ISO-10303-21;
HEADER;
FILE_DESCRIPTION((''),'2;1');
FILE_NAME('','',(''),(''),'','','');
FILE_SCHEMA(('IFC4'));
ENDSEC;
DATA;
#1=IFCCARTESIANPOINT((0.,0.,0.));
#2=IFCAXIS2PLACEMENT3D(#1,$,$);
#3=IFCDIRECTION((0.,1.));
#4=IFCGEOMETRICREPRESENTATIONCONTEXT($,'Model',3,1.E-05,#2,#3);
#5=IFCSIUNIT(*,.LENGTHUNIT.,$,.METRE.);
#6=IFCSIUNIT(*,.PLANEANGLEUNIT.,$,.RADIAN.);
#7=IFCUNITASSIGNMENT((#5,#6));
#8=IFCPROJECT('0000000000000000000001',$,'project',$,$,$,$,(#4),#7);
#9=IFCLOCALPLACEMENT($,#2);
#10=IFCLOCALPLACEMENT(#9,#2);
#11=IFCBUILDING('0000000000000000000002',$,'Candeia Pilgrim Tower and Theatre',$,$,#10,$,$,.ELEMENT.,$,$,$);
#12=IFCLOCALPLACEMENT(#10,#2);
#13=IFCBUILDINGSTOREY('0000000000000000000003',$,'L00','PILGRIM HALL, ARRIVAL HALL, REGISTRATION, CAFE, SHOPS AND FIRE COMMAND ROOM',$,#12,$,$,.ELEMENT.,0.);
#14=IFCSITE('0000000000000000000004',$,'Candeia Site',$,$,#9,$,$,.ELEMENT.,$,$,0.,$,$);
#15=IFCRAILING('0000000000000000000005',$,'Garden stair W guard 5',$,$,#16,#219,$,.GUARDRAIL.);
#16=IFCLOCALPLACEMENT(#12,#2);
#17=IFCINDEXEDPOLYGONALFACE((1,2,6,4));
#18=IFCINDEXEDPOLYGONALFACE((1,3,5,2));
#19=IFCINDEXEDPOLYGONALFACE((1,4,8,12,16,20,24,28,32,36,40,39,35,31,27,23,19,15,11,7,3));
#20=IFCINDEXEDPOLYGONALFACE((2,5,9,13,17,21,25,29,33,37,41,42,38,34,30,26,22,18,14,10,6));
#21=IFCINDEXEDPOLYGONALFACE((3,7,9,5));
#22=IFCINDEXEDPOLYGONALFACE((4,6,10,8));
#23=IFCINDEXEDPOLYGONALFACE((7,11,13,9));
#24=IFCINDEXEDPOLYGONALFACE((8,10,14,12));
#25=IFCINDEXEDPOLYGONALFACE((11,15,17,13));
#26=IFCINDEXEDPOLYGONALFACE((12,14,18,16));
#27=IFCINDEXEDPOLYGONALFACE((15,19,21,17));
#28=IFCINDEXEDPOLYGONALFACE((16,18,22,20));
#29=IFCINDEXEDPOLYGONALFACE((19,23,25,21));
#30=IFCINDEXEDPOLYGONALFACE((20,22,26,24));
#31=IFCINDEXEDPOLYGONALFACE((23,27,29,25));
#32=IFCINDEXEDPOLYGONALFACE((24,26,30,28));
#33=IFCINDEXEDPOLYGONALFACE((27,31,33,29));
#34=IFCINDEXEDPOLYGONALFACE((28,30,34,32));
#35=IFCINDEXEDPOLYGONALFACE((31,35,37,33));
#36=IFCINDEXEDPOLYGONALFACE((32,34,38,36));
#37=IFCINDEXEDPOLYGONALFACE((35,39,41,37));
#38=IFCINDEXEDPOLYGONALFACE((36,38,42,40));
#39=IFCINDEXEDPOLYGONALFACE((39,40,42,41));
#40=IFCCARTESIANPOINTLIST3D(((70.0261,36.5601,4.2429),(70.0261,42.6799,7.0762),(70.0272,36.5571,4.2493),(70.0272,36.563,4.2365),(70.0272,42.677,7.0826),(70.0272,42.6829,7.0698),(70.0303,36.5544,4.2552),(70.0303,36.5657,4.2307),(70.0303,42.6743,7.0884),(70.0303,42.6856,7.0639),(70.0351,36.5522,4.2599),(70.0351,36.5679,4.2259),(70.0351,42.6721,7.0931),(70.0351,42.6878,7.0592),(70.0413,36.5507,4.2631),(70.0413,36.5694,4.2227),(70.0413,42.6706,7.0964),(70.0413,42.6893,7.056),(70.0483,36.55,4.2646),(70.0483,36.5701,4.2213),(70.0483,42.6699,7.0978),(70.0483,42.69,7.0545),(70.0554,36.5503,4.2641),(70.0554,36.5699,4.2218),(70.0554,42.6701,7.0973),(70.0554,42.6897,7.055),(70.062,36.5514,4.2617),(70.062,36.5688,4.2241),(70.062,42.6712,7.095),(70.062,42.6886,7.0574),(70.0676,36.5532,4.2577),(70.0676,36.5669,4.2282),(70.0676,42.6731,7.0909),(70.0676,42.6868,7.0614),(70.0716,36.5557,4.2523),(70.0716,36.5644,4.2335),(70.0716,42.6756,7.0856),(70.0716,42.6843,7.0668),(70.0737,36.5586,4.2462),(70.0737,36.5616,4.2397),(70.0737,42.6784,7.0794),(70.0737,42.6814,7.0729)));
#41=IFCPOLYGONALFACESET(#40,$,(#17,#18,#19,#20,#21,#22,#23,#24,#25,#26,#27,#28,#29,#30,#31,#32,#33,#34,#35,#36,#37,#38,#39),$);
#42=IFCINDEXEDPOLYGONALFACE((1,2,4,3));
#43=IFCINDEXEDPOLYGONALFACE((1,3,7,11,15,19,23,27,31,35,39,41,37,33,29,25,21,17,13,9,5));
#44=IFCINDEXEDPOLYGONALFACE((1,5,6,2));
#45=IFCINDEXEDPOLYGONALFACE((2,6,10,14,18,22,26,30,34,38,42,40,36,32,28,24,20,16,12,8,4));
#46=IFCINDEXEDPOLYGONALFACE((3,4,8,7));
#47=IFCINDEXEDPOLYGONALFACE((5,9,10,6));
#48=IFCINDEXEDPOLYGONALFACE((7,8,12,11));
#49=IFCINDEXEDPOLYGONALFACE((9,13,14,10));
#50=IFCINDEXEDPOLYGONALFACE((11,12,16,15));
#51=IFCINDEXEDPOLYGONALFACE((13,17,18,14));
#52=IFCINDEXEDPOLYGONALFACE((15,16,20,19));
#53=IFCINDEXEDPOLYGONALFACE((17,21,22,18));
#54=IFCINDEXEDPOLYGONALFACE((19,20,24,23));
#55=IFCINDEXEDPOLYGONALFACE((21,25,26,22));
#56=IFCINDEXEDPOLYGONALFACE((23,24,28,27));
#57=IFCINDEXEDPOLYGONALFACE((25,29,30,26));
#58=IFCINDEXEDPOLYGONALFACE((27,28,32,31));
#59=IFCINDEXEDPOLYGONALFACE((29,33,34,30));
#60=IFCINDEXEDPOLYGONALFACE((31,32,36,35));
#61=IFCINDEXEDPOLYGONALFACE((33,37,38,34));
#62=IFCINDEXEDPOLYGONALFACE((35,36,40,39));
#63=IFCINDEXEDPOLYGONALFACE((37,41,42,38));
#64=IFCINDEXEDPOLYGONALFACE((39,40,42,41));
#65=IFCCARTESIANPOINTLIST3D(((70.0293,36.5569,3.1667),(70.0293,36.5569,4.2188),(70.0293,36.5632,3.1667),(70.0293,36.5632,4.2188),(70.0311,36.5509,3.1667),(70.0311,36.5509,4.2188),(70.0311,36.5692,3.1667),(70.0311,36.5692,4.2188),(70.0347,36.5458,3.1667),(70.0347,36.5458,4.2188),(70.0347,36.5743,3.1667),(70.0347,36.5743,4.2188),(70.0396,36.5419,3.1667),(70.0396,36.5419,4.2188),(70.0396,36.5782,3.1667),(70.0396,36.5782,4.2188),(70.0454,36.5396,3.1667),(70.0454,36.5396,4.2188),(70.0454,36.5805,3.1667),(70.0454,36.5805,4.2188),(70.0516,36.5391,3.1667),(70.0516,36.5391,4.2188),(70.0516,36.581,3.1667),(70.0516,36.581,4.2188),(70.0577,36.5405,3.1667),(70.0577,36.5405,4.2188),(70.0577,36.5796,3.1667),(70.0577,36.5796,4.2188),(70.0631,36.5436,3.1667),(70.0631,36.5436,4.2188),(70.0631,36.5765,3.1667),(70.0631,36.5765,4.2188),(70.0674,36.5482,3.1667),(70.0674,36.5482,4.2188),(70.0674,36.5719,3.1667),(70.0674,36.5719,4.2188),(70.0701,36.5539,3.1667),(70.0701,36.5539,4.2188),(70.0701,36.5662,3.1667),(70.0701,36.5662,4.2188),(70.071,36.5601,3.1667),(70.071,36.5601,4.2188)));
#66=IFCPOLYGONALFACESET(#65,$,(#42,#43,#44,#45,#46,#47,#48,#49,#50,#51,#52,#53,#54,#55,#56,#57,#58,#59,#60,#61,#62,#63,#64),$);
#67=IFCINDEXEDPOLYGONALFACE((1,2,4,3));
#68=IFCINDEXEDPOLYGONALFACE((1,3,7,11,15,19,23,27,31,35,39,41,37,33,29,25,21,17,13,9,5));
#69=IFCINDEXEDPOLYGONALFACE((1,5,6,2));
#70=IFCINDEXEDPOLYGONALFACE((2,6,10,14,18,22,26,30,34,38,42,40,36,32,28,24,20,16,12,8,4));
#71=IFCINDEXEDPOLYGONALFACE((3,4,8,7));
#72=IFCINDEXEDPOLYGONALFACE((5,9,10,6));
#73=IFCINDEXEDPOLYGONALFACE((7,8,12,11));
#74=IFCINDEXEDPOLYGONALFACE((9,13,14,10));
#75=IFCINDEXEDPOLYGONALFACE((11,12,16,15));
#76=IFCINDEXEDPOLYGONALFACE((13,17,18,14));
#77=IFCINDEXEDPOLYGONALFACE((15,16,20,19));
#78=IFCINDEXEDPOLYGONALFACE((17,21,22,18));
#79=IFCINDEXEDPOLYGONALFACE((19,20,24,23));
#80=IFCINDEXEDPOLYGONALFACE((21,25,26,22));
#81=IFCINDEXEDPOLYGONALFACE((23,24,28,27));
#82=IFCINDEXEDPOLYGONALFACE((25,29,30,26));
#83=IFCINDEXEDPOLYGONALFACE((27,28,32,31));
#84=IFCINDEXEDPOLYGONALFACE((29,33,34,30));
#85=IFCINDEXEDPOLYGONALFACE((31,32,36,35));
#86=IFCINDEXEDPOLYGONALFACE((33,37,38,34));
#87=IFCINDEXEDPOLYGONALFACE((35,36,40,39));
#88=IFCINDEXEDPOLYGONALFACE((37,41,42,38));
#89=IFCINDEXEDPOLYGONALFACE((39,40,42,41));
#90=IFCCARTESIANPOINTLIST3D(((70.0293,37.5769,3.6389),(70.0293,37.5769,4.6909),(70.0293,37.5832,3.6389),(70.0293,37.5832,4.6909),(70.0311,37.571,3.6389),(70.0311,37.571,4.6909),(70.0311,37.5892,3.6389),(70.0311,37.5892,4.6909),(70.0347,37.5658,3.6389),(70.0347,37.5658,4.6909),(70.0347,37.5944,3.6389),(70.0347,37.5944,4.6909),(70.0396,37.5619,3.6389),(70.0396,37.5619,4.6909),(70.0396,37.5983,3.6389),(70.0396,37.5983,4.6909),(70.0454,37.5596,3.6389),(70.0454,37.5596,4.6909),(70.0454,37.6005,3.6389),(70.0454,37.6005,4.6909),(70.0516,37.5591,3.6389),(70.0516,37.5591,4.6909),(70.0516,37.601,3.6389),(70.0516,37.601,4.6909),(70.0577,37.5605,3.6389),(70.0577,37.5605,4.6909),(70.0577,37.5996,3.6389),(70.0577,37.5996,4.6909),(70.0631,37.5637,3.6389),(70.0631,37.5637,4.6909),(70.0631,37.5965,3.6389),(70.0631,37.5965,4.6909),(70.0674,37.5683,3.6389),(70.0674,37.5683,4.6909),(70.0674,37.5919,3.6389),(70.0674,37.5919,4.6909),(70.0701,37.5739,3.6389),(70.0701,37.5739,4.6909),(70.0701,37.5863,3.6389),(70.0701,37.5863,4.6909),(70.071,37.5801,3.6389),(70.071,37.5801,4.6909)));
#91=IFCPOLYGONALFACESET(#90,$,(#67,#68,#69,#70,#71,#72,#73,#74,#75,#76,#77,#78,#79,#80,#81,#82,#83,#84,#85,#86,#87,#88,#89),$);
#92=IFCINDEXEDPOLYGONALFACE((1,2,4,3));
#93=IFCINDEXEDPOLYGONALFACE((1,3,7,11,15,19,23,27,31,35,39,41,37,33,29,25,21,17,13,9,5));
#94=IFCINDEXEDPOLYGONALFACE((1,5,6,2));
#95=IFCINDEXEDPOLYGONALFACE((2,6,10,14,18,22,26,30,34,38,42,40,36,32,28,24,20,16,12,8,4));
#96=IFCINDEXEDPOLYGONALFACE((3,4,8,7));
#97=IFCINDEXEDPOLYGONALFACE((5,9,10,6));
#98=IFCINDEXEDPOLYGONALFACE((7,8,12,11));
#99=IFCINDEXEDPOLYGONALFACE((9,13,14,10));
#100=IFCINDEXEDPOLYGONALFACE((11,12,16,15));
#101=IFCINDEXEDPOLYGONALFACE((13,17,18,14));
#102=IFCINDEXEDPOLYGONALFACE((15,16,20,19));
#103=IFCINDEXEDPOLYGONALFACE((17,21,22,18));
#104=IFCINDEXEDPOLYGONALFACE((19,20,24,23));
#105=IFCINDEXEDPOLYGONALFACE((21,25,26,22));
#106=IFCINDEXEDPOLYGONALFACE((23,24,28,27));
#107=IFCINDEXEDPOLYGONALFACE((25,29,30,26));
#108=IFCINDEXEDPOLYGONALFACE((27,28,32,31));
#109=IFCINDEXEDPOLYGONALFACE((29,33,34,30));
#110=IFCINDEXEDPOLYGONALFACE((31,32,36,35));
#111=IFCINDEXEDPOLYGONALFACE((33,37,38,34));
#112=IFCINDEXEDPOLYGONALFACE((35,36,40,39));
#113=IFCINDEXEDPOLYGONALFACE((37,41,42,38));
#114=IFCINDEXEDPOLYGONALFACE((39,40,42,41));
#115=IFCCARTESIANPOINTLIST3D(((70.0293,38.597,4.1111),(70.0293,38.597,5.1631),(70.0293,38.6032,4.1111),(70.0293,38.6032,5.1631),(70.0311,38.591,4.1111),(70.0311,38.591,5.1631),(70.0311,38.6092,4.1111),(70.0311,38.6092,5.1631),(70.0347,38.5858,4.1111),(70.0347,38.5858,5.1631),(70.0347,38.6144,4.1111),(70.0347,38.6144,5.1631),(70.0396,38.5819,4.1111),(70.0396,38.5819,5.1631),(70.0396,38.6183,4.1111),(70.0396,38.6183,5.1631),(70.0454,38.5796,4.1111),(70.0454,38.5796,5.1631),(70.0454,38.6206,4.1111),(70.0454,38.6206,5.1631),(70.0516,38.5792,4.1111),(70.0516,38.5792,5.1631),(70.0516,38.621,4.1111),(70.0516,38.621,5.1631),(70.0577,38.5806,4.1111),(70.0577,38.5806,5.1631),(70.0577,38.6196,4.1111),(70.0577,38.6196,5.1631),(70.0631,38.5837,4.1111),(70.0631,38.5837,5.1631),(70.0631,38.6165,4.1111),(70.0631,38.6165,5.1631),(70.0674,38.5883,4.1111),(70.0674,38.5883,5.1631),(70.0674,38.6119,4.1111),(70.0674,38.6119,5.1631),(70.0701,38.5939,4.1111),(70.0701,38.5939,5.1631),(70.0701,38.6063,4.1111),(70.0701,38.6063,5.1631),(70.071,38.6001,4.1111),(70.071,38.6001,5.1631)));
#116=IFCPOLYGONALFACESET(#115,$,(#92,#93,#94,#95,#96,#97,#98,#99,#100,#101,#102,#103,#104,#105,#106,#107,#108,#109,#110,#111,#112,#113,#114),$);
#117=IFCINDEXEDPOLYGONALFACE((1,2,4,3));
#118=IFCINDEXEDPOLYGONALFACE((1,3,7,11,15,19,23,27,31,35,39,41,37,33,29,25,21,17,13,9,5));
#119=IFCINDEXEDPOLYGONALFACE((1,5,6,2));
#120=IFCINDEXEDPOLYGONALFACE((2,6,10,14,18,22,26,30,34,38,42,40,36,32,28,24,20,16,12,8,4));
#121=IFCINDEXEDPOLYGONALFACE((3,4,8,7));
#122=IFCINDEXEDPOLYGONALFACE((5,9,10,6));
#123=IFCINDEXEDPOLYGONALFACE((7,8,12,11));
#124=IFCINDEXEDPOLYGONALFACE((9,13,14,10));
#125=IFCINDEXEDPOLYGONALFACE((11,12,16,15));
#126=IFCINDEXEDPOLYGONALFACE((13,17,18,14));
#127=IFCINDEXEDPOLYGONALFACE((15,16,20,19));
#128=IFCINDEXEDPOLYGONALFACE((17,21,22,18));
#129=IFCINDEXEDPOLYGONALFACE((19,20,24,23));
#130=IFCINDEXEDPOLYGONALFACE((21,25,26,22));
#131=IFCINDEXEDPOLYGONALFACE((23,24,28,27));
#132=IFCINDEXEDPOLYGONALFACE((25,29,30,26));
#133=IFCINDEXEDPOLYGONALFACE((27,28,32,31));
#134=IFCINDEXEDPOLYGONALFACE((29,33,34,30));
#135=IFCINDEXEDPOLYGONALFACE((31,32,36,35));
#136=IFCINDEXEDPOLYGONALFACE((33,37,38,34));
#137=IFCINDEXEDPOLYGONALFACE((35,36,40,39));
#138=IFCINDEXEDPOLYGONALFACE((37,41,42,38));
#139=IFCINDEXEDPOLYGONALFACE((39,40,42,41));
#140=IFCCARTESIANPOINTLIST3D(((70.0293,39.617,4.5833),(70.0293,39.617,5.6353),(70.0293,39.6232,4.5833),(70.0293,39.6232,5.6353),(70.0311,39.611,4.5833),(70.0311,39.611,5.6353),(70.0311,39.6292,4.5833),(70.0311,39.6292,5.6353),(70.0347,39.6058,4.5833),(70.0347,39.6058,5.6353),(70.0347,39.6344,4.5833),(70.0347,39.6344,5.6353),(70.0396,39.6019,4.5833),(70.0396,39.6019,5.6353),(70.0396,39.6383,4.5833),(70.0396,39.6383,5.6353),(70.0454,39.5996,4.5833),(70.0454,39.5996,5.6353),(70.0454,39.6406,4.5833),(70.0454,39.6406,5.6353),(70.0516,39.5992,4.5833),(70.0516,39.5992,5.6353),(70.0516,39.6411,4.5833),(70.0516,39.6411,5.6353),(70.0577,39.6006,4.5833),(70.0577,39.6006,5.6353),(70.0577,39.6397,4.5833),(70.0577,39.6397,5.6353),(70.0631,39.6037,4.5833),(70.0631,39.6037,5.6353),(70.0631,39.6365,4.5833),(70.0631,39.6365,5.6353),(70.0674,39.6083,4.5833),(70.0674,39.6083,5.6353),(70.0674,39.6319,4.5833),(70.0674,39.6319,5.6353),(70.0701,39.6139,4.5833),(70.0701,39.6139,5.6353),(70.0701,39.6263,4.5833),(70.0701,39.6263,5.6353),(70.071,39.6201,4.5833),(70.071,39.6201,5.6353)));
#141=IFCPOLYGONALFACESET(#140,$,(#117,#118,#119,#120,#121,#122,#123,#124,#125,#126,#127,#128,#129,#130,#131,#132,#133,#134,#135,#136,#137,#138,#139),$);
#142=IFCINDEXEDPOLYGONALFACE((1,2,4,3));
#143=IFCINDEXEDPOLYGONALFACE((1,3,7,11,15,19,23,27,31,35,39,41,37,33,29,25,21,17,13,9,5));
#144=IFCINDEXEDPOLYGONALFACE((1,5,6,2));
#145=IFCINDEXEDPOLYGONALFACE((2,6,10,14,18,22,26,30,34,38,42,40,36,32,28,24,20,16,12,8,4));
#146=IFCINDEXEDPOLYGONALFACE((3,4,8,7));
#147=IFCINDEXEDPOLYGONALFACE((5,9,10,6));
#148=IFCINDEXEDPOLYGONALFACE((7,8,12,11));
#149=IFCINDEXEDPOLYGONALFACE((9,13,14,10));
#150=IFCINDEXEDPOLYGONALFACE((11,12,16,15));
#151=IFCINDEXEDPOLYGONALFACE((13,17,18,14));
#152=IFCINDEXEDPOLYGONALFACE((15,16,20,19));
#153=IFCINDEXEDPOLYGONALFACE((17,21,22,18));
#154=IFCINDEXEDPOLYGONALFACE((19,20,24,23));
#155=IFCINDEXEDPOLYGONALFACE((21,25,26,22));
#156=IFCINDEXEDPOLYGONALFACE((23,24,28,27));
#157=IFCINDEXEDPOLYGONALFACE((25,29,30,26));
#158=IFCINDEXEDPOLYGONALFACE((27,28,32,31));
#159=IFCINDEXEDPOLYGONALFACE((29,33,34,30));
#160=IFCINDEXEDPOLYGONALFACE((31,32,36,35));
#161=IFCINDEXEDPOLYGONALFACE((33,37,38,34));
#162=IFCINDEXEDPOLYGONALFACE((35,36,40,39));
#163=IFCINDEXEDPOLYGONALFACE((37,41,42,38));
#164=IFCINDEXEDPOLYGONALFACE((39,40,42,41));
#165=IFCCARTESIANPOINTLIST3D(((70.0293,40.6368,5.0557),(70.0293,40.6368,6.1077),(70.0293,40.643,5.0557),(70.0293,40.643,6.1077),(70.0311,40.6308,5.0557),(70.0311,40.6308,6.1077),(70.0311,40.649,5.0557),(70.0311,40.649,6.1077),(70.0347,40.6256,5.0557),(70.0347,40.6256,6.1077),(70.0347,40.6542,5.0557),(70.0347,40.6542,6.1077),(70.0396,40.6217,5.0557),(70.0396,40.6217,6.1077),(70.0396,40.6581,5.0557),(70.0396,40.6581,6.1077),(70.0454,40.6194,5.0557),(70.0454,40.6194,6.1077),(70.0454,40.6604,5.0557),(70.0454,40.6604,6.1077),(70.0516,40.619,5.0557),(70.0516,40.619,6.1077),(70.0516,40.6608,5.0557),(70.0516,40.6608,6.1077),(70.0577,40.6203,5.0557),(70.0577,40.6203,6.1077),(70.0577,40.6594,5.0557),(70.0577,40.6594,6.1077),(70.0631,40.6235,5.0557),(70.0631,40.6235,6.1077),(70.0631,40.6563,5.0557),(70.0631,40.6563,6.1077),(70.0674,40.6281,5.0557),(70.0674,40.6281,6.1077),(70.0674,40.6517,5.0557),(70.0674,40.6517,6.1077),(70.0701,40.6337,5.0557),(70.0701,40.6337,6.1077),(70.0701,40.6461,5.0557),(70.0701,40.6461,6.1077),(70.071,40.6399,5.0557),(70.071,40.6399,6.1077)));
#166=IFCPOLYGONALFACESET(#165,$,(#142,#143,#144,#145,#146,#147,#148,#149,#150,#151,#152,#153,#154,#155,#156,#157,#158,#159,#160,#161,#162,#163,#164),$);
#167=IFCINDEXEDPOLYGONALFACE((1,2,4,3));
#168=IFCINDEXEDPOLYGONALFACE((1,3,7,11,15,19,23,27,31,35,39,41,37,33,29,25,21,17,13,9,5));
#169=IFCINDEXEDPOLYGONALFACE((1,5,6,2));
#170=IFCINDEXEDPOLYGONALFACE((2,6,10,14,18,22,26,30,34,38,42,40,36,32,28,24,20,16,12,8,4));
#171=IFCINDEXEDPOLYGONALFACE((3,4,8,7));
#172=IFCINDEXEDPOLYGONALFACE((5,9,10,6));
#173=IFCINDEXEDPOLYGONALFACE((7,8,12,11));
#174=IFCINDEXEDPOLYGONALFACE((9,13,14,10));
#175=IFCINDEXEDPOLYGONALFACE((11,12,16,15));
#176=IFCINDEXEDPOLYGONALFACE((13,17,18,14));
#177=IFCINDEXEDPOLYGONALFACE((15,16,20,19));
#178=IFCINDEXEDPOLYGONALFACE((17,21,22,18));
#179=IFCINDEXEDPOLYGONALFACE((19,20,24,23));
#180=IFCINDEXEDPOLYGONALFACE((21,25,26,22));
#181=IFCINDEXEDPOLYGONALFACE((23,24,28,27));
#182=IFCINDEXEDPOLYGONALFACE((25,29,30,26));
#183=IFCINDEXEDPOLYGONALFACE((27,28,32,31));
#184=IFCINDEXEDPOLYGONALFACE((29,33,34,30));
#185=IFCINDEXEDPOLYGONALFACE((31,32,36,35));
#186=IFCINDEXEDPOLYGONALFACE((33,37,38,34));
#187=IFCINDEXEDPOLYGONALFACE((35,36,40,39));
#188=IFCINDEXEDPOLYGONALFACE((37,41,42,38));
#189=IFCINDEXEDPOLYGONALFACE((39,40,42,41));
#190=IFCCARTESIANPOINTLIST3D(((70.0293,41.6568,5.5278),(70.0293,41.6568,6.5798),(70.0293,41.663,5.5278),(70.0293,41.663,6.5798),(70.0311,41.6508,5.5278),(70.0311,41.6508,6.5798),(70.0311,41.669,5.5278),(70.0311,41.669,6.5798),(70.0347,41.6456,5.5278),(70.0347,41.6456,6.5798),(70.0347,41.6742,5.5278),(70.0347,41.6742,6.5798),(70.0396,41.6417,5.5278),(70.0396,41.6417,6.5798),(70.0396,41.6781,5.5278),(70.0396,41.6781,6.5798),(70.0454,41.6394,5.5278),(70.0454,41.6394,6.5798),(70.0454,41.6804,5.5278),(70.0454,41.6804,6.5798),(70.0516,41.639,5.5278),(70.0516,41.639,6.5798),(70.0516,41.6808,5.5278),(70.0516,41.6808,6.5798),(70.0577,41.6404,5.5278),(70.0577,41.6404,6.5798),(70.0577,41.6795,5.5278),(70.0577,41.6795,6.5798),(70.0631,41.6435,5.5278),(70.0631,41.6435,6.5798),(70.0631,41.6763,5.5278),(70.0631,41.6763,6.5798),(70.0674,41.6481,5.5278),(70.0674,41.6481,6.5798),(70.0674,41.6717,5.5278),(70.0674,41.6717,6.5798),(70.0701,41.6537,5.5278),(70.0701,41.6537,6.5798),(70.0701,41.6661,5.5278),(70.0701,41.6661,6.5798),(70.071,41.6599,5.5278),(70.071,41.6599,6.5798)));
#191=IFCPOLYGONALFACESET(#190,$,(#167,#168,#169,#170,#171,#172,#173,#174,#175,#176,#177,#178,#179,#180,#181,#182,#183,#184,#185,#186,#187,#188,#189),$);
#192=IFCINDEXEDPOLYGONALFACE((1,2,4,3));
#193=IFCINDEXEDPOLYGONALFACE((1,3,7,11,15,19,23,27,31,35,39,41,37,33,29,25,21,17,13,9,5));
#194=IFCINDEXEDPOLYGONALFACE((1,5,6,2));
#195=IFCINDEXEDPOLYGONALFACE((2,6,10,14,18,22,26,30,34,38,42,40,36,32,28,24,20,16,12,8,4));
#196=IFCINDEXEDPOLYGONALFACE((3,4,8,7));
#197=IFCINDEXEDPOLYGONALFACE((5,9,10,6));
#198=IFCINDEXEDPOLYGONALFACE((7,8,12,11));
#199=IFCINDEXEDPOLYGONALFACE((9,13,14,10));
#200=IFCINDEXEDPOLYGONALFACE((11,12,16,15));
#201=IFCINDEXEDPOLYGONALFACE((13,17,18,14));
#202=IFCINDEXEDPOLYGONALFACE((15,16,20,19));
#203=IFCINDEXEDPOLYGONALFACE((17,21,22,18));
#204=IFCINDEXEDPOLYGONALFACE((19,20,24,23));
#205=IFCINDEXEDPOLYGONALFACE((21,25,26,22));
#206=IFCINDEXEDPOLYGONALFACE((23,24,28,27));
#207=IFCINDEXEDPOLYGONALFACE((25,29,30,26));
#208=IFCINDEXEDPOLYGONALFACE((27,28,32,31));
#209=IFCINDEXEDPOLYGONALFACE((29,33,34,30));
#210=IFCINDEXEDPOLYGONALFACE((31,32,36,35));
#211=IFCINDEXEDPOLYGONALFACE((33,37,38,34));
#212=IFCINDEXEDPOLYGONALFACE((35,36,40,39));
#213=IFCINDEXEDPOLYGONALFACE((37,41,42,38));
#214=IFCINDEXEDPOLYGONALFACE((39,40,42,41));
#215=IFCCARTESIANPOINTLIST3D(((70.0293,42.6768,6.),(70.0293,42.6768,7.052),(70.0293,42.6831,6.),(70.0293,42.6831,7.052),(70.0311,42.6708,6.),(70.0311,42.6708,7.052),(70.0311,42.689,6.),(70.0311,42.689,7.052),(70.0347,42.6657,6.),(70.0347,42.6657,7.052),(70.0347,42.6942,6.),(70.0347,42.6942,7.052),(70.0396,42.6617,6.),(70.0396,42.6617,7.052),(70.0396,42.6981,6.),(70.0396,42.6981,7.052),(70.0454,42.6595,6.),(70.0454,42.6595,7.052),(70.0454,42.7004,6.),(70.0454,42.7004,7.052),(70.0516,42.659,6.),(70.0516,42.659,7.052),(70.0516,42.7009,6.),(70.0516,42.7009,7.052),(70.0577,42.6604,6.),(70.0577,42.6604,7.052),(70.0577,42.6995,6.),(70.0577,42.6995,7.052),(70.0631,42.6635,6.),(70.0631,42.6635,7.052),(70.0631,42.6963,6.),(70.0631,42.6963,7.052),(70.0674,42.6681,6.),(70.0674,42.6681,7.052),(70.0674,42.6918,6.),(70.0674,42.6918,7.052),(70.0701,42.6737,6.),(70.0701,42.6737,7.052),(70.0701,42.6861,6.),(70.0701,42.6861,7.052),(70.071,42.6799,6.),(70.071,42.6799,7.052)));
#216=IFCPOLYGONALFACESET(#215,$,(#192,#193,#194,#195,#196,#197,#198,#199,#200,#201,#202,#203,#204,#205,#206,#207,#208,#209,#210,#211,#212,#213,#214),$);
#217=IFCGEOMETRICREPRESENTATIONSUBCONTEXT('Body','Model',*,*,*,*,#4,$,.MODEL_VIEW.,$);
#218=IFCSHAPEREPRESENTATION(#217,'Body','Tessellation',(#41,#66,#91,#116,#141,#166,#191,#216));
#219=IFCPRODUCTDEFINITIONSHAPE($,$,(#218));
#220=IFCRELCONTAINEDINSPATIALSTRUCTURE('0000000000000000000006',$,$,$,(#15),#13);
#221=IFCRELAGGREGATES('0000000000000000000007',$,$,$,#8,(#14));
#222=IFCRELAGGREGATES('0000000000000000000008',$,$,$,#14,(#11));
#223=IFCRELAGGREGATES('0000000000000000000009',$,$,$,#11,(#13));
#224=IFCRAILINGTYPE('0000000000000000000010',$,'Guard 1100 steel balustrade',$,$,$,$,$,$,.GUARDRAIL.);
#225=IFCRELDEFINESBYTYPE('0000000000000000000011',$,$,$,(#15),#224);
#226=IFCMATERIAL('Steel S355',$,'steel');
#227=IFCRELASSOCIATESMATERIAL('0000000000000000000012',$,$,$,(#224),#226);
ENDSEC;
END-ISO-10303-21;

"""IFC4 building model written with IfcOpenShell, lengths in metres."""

from ifc_helpers import new_model, si_unit, direction, frame, origin, origin_2d, place, context, subcontext, project, spatial, circle, extrude, material, type_object, element, save


model = new_model("IFC4")

# Units and contexts
model_context = context("Model", 3, precision=1e-05, world=origin(), true_north=direction((0.0, 1.0)))
body_context = subcontext(model_context, "Body", "Model", "MODEL_VIEW")
ifc_project = project(units=[si_unit("LENGTHUNIT", "METRE"), si_unit("PLANEANGLEUNIT", "RADIAN")], contexts=[model_context])

# Site, building, storey
site_placement = place(None, origin())
site = spatial("IfcSite", under=ifc_project, at=site_placement, Name="Candeia Site", CompositionType="ELEMENT", RefElevation=0.0)
building_placement = place(site_placement, origin())
building = spatial("IfcBuilding", under=site, at=building_placement, Name="Candeia Pilgrim Tower and Theatre", CompositionType="ELEMENT")
storey_placement = place(building_placement, origin())
storey = spatial("IfcBuildingStorey", under=building, at=storey_placement, Name="L00", Description="PILGRIM HALL, ARRIVAL HALL, REGISTRATION, CAFE, SHOPS AND FIRE COMMAND ROOM", CompositionType="ELEMENT", Elevation=0.0)

# Railing
ifc_material_1 = material(Name="Steel S355", Category="steel")
railing_type_1 = type_object("IfcRailingType", Name="Guard 1100 steel balustrade", PredefinedType="GUARDRAIL", material=ifc_material_1)
railing_1_placement = place(storey_placement, frame((70.05, 36.5601, 3.1667)))
element("IfcRailing", 1, at=railing_1_placement, inside=storey, type_object=railing_type_1, Name="Garden stair W guard 5", PredefinedType="GUARDRAIL", context=body_context, shape_type="SweptSolid", body=[
    extrude(circle(Radius=0.0239, at=origin_2d()), frame((0.0, 0.0, 1.0762), z_axis=(0.0, 0.907468, 0.420121), x_axis=(-1.0, 0.0, 0.0)), (0.0, 0.0, 1.0), 6.7439),
    extrude(circle(Radius=0.021, at=origin_2d()), origin(), (0.0, 0.0, 1.0), 1.052),
    extrude(circle(Radius=0.021, at=origin_2d()), frame((0.0, 1.02, 0.4722)), (0.0, 0.0, 1.0), 1.052),
    extrude(circle(Radius=0.021, at=origin_2d()), frame((0.0, 2.04, 0.9443)), (0.0, 0.0, 1.0), 1.052),
    extrude(circle(Radius=0.021, at=origin_2d()), frame((0.0, 3.0601, 1.4165)), (0.0, 0.0, 1.0), 1.052),
    extrude(circle(Radius=0.021, at=origin_2d()), frame((0.0, 4.0798, 1.8889)), (0.0, 0.0, 1.0), 1.052),
    extrude(circle(Radius=0.021, at=origin_2d()), frame((0.0, 5.0999, 2.3611)), (0.0, 0.0, 1.0), 1.052),
    extrude(circle(Radius=0.021, at=origin_2d()), frame((0.0, 6.1199, 2.8333)), (0.0, 0.0, 1.0), 1.052),
])

save(model, "model.ifc")
